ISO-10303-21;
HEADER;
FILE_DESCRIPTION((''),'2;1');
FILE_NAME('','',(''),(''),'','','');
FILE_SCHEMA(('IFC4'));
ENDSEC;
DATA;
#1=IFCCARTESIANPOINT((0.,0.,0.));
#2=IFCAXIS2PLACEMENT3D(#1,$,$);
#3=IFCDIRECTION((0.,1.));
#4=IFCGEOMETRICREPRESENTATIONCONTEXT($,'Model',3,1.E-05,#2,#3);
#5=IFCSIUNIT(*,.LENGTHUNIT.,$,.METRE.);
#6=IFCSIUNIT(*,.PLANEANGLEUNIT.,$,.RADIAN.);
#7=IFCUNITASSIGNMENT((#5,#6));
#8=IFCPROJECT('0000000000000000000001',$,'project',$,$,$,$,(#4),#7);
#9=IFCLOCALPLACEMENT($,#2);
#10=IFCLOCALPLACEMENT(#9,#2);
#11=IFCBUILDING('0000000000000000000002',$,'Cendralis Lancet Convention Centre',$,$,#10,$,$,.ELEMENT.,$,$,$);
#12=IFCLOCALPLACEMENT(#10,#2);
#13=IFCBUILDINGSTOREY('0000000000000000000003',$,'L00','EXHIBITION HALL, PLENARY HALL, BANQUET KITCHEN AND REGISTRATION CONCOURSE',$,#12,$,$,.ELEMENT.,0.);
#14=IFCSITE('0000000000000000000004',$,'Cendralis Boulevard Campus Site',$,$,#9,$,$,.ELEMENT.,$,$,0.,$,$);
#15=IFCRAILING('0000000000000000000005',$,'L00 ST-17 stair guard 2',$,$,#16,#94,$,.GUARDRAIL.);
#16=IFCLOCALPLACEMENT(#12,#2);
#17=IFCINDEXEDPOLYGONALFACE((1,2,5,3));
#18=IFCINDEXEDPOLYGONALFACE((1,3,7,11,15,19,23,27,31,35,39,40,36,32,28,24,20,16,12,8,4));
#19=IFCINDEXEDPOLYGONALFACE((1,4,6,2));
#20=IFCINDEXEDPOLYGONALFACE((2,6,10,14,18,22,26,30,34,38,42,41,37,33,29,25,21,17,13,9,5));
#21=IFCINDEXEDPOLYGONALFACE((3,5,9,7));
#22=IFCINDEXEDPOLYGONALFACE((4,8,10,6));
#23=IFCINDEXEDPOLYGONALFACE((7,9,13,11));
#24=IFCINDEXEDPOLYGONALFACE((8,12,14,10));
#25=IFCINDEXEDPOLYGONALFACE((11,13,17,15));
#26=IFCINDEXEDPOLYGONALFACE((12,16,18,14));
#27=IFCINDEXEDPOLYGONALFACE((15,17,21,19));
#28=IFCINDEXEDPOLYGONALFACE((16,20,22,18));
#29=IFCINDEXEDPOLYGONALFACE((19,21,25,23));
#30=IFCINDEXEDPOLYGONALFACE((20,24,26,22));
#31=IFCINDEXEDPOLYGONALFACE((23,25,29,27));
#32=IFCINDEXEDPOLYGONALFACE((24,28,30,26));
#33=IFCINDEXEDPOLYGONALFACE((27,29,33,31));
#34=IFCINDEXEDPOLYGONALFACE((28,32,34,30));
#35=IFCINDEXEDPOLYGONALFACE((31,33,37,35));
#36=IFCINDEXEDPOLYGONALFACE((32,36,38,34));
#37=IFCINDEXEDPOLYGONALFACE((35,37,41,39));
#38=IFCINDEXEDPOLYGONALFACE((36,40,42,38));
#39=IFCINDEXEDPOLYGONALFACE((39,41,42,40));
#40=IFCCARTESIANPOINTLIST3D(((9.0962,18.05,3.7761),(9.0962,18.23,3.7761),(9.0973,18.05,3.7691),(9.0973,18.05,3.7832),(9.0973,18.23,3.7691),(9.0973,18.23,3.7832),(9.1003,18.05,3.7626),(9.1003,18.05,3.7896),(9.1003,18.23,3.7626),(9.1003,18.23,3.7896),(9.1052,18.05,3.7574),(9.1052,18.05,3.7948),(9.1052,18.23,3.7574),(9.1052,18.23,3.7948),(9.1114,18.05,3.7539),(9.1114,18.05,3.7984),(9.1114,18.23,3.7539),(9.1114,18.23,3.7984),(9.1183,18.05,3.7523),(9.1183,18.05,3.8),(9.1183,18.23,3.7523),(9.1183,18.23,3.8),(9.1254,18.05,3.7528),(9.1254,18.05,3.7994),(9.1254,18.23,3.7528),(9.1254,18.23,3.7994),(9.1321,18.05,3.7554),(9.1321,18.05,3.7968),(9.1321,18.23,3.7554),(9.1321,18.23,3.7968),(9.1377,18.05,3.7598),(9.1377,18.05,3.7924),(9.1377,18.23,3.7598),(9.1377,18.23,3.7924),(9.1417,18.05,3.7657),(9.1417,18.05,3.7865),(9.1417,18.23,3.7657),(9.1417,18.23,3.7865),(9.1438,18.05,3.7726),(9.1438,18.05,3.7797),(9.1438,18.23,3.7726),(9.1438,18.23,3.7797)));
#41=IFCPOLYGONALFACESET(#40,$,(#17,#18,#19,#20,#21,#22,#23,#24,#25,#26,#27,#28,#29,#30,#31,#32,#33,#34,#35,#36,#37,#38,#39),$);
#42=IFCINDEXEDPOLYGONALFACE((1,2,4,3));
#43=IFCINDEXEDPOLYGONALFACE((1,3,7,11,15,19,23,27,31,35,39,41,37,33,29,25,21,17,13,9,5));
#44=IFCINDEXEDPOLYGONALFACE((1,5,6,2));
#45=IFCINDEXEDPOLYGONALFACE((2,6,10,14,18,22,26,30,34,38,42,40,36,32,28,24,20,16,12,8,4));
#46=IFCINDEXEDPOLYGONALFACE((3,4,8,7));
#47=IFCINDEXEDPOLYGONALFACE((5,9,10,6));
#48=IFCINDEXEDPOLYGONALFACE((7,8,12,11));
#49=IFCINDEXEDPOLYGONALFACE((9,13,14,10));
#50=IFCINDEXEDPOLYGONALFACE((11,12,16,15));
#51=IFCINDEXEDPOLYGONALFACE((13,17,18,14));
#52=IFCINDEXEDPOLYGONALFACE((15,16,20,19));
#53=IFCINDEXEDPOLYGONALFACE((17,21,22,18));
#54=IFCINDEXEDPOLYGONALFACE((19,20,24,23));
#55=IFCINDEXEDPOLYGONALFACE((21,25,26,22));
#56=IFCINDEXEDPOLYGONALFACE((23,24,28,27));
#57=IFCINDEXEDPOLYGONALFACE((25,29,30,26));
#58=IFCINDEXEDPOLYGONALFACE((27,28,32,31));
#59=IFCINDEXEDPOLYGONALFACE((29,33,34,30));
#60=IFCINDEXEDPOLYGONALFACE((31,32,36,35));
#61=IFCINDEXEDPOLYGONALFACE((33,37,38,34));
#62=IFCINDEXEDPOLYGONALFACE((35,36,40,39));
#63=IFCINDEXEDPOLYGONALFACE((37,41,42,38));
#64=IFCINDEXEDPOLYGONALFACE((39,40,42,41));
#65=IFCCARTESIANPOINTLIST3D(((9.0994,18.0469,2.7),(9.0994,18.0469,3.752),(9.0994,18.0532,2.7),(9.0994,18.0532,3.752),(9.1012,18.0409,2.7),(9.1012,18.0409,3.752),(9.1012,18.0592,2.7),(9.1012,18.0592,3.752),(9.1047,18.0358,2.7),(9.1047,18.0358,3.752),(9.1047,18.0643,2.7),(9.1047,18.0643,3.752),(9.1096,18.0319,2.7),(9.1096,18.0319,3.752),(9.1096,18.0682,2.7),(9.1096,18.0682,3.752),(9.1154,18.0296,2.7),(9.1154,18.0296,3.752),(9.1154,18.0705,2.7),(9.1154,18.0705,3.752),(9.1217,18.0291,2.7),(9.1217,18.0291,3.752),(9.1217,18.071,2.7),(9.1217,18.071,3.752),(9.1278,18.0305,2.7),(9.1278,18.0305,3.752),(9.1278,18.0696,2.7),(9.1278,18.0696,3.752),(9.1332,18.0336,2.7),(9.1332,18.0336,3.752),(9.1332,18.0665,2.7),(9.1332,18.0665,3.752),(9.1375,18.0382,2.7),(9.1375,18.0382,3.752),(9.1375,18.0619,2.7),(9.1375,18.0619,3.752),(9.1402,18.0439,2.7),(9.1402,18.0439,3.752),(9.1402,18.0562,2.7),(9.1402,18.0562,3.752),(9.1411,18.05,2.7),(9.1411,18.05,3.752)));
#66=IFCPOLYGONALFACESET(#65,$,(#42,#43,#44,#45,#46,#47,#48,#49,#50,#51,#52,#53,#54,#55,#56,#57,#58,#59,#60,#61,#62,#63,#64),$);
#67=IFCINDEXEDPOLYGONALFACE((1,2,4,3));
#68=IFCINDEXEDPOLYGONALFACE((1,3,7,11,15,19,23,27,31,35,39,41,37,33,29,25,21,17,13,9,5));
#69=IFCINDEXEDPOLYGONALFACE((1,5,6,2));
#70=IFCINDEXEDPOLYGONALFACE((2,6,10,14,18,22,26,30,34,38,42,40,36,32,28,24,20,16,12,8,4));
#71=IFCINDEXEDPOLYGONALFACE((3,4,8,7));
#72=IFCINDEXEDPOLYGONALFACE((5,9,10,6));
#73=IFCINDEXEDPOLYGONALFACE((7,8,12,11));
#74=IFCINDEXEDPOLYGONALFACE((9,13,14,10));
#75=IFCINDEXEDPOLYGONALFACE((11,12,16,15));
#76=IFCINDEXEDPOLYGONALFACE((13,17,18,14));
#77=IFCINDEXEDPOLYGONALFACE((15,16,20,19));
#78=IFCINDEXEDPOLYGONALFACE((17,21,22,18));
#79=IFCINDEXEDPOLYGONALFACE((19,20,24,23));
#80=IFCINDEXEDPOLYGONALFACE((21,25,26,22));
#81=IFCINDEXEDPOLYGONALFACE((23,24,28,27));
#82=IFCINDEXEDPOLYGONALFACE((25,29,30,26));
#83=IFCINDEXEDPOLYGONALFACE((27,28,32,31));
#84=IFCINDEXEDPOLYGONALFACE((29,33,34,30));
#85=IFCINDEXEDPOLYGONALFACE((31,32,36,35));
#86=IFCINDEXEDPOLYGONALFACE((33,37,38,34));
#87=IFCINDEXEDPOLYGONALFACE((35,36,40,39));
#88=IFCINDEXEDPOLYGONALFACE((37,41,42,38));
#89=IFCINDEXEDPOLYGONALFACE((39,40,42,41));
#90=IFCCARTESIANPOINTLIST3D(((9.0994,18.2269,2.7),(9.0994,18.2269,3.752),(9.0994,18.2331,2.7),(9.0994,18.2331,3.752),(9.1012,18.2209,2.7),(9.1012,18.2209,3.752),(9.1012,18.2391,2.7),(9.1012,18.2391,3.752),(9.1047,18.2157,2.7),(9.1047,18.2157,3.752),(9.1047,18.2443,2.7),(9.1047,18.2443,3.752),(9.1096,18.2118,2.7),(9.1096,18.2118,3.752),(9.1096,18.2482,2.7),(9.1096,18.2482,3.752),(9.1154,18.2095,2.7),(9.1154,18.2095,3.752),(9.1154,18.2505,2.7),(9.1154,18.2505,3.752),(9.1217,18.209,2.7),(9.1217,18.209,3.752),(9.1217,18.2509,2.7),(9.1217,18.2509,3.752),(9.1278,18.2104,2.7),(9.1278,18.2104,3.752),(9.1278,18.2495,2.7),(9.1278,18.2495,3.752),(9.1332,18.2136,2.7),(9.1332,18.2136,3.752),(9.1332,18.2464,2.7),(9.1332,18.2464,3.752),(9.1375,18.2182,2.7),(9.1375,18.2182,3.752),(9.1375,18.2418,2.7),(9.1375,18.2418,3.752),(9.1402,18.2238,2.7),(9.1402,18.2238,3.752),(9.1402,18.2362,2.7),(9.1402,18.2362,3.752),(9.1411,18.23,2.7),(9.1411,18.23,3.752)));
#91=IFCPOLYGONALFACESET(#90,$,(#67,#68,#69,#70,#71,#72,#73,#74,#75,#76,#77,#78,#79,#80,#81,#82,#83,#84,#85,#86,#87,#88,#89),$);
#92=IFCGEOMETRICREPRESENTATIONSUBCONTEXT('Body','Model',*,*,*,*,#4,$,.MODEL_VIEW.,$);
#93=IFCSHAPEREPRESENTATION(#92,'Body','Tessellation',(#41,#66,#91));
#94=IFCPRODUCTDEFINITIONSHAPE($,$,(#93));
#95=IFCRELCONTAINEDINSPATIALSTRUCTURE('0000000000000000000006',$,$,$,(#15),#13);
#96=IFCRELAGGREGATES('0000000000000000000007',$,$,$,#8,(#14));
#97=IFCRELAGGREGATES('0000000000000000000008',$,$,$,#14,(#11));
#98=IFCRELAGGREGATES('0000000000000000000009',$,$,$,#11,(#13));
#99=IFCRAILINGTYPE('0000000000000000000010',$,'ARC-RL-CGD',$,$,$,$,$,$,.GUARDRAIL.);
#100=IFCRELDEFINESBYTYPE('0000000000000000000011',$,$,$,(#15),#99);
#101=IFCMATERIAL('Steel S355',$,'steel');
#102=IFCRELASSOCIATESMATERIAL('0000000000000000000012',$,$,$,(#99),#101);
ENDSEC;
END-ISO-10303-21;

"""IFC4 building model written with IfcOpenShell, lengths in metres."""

from ifc_helpers import new_model, si_unit, direction, frame, origin, origin_2d, place, context, subcontext, project, spatial, circle, extrude, material, type_object, element, save


model = new_model("IFC4")

# Units and contexts
model_context = context("Model", 3, precision=1e-05, world=origin(), true_north=direction((0.0, 1.0)))
body_context = subcontext(model_context, "Body", "Model", "MODEL_VIEW")
ifc_project = project(units=[si_unit("LENGTHUNIT", "METRE"), si_unit("PLANEANGLEUNIT", "RADIAN")], contexts=[model_context])

# Site, building, storey
site_placement = place(None, origin())
site = spatial("IfcSite", under=ifc_project, at=site_placement, Name="Cendralis Boulevard Campus Site", CompositionType="ELEMENT", RefElevation=0.0)
building_placement = place(site_placement, origin())
building = spatial("IfcBuilding", under=site, at=building_placement, Name="Cendralis Lancet Convention Centre", CompositionType="ELEMENT")
storey_placement = place(building_placement, origin())
storey = spatial("IfcBuildingStorey", under=building, at=storey_placement, Name="L00", Description="EXHIBITION HALL, PLENARY HALL, BANQUET KITCHEN AND REGISTRATION CONCOURSE", CompositionType="ELEMENT", Elevation=0.0)

# Shared definitions
ifc_material_1 = material(Name="Steel S355", Category="steel")

# Railing
railing_type_1 = type_object("IfcRailingType", Name="ARC-RL-CGD", PredefinedType="GUARDRAIL", material=ifc_material_1)
railing_1_placement = place(storey_placement, frame((9.1201, 18.05, 2.7)))
element("IfcRailing", 1, at=railing_1_placement, inside=storey, type_object=railing_type_1, Name="L00 ST-17 stair guard 2", PredefinedType="GUARDRAIL", context=body_context, shape_type="SweptSolid", body=[
    extrude(circle(Radius=0.0239, at=origin_2d()), frame((0.0, 0.0, 1.0762), z_axis=(0.0, 1.0, 0.0), x_axis=(-1.0, 0.0, 0.0)), (0.0, 0.0, 1.0), 0.1799),
    extrude(circle(Radius=0.021, at=origin_2d()), origin(), (0.0, 0.0, 1.0), 1.052),
    extrude(circle(Radius=0.021, at=origin_2d()), frame((0.0, 0.1799, 0.0)), (0.0, 0.0, 1.0), 1.052),
])

save(model, "model.ifc")
